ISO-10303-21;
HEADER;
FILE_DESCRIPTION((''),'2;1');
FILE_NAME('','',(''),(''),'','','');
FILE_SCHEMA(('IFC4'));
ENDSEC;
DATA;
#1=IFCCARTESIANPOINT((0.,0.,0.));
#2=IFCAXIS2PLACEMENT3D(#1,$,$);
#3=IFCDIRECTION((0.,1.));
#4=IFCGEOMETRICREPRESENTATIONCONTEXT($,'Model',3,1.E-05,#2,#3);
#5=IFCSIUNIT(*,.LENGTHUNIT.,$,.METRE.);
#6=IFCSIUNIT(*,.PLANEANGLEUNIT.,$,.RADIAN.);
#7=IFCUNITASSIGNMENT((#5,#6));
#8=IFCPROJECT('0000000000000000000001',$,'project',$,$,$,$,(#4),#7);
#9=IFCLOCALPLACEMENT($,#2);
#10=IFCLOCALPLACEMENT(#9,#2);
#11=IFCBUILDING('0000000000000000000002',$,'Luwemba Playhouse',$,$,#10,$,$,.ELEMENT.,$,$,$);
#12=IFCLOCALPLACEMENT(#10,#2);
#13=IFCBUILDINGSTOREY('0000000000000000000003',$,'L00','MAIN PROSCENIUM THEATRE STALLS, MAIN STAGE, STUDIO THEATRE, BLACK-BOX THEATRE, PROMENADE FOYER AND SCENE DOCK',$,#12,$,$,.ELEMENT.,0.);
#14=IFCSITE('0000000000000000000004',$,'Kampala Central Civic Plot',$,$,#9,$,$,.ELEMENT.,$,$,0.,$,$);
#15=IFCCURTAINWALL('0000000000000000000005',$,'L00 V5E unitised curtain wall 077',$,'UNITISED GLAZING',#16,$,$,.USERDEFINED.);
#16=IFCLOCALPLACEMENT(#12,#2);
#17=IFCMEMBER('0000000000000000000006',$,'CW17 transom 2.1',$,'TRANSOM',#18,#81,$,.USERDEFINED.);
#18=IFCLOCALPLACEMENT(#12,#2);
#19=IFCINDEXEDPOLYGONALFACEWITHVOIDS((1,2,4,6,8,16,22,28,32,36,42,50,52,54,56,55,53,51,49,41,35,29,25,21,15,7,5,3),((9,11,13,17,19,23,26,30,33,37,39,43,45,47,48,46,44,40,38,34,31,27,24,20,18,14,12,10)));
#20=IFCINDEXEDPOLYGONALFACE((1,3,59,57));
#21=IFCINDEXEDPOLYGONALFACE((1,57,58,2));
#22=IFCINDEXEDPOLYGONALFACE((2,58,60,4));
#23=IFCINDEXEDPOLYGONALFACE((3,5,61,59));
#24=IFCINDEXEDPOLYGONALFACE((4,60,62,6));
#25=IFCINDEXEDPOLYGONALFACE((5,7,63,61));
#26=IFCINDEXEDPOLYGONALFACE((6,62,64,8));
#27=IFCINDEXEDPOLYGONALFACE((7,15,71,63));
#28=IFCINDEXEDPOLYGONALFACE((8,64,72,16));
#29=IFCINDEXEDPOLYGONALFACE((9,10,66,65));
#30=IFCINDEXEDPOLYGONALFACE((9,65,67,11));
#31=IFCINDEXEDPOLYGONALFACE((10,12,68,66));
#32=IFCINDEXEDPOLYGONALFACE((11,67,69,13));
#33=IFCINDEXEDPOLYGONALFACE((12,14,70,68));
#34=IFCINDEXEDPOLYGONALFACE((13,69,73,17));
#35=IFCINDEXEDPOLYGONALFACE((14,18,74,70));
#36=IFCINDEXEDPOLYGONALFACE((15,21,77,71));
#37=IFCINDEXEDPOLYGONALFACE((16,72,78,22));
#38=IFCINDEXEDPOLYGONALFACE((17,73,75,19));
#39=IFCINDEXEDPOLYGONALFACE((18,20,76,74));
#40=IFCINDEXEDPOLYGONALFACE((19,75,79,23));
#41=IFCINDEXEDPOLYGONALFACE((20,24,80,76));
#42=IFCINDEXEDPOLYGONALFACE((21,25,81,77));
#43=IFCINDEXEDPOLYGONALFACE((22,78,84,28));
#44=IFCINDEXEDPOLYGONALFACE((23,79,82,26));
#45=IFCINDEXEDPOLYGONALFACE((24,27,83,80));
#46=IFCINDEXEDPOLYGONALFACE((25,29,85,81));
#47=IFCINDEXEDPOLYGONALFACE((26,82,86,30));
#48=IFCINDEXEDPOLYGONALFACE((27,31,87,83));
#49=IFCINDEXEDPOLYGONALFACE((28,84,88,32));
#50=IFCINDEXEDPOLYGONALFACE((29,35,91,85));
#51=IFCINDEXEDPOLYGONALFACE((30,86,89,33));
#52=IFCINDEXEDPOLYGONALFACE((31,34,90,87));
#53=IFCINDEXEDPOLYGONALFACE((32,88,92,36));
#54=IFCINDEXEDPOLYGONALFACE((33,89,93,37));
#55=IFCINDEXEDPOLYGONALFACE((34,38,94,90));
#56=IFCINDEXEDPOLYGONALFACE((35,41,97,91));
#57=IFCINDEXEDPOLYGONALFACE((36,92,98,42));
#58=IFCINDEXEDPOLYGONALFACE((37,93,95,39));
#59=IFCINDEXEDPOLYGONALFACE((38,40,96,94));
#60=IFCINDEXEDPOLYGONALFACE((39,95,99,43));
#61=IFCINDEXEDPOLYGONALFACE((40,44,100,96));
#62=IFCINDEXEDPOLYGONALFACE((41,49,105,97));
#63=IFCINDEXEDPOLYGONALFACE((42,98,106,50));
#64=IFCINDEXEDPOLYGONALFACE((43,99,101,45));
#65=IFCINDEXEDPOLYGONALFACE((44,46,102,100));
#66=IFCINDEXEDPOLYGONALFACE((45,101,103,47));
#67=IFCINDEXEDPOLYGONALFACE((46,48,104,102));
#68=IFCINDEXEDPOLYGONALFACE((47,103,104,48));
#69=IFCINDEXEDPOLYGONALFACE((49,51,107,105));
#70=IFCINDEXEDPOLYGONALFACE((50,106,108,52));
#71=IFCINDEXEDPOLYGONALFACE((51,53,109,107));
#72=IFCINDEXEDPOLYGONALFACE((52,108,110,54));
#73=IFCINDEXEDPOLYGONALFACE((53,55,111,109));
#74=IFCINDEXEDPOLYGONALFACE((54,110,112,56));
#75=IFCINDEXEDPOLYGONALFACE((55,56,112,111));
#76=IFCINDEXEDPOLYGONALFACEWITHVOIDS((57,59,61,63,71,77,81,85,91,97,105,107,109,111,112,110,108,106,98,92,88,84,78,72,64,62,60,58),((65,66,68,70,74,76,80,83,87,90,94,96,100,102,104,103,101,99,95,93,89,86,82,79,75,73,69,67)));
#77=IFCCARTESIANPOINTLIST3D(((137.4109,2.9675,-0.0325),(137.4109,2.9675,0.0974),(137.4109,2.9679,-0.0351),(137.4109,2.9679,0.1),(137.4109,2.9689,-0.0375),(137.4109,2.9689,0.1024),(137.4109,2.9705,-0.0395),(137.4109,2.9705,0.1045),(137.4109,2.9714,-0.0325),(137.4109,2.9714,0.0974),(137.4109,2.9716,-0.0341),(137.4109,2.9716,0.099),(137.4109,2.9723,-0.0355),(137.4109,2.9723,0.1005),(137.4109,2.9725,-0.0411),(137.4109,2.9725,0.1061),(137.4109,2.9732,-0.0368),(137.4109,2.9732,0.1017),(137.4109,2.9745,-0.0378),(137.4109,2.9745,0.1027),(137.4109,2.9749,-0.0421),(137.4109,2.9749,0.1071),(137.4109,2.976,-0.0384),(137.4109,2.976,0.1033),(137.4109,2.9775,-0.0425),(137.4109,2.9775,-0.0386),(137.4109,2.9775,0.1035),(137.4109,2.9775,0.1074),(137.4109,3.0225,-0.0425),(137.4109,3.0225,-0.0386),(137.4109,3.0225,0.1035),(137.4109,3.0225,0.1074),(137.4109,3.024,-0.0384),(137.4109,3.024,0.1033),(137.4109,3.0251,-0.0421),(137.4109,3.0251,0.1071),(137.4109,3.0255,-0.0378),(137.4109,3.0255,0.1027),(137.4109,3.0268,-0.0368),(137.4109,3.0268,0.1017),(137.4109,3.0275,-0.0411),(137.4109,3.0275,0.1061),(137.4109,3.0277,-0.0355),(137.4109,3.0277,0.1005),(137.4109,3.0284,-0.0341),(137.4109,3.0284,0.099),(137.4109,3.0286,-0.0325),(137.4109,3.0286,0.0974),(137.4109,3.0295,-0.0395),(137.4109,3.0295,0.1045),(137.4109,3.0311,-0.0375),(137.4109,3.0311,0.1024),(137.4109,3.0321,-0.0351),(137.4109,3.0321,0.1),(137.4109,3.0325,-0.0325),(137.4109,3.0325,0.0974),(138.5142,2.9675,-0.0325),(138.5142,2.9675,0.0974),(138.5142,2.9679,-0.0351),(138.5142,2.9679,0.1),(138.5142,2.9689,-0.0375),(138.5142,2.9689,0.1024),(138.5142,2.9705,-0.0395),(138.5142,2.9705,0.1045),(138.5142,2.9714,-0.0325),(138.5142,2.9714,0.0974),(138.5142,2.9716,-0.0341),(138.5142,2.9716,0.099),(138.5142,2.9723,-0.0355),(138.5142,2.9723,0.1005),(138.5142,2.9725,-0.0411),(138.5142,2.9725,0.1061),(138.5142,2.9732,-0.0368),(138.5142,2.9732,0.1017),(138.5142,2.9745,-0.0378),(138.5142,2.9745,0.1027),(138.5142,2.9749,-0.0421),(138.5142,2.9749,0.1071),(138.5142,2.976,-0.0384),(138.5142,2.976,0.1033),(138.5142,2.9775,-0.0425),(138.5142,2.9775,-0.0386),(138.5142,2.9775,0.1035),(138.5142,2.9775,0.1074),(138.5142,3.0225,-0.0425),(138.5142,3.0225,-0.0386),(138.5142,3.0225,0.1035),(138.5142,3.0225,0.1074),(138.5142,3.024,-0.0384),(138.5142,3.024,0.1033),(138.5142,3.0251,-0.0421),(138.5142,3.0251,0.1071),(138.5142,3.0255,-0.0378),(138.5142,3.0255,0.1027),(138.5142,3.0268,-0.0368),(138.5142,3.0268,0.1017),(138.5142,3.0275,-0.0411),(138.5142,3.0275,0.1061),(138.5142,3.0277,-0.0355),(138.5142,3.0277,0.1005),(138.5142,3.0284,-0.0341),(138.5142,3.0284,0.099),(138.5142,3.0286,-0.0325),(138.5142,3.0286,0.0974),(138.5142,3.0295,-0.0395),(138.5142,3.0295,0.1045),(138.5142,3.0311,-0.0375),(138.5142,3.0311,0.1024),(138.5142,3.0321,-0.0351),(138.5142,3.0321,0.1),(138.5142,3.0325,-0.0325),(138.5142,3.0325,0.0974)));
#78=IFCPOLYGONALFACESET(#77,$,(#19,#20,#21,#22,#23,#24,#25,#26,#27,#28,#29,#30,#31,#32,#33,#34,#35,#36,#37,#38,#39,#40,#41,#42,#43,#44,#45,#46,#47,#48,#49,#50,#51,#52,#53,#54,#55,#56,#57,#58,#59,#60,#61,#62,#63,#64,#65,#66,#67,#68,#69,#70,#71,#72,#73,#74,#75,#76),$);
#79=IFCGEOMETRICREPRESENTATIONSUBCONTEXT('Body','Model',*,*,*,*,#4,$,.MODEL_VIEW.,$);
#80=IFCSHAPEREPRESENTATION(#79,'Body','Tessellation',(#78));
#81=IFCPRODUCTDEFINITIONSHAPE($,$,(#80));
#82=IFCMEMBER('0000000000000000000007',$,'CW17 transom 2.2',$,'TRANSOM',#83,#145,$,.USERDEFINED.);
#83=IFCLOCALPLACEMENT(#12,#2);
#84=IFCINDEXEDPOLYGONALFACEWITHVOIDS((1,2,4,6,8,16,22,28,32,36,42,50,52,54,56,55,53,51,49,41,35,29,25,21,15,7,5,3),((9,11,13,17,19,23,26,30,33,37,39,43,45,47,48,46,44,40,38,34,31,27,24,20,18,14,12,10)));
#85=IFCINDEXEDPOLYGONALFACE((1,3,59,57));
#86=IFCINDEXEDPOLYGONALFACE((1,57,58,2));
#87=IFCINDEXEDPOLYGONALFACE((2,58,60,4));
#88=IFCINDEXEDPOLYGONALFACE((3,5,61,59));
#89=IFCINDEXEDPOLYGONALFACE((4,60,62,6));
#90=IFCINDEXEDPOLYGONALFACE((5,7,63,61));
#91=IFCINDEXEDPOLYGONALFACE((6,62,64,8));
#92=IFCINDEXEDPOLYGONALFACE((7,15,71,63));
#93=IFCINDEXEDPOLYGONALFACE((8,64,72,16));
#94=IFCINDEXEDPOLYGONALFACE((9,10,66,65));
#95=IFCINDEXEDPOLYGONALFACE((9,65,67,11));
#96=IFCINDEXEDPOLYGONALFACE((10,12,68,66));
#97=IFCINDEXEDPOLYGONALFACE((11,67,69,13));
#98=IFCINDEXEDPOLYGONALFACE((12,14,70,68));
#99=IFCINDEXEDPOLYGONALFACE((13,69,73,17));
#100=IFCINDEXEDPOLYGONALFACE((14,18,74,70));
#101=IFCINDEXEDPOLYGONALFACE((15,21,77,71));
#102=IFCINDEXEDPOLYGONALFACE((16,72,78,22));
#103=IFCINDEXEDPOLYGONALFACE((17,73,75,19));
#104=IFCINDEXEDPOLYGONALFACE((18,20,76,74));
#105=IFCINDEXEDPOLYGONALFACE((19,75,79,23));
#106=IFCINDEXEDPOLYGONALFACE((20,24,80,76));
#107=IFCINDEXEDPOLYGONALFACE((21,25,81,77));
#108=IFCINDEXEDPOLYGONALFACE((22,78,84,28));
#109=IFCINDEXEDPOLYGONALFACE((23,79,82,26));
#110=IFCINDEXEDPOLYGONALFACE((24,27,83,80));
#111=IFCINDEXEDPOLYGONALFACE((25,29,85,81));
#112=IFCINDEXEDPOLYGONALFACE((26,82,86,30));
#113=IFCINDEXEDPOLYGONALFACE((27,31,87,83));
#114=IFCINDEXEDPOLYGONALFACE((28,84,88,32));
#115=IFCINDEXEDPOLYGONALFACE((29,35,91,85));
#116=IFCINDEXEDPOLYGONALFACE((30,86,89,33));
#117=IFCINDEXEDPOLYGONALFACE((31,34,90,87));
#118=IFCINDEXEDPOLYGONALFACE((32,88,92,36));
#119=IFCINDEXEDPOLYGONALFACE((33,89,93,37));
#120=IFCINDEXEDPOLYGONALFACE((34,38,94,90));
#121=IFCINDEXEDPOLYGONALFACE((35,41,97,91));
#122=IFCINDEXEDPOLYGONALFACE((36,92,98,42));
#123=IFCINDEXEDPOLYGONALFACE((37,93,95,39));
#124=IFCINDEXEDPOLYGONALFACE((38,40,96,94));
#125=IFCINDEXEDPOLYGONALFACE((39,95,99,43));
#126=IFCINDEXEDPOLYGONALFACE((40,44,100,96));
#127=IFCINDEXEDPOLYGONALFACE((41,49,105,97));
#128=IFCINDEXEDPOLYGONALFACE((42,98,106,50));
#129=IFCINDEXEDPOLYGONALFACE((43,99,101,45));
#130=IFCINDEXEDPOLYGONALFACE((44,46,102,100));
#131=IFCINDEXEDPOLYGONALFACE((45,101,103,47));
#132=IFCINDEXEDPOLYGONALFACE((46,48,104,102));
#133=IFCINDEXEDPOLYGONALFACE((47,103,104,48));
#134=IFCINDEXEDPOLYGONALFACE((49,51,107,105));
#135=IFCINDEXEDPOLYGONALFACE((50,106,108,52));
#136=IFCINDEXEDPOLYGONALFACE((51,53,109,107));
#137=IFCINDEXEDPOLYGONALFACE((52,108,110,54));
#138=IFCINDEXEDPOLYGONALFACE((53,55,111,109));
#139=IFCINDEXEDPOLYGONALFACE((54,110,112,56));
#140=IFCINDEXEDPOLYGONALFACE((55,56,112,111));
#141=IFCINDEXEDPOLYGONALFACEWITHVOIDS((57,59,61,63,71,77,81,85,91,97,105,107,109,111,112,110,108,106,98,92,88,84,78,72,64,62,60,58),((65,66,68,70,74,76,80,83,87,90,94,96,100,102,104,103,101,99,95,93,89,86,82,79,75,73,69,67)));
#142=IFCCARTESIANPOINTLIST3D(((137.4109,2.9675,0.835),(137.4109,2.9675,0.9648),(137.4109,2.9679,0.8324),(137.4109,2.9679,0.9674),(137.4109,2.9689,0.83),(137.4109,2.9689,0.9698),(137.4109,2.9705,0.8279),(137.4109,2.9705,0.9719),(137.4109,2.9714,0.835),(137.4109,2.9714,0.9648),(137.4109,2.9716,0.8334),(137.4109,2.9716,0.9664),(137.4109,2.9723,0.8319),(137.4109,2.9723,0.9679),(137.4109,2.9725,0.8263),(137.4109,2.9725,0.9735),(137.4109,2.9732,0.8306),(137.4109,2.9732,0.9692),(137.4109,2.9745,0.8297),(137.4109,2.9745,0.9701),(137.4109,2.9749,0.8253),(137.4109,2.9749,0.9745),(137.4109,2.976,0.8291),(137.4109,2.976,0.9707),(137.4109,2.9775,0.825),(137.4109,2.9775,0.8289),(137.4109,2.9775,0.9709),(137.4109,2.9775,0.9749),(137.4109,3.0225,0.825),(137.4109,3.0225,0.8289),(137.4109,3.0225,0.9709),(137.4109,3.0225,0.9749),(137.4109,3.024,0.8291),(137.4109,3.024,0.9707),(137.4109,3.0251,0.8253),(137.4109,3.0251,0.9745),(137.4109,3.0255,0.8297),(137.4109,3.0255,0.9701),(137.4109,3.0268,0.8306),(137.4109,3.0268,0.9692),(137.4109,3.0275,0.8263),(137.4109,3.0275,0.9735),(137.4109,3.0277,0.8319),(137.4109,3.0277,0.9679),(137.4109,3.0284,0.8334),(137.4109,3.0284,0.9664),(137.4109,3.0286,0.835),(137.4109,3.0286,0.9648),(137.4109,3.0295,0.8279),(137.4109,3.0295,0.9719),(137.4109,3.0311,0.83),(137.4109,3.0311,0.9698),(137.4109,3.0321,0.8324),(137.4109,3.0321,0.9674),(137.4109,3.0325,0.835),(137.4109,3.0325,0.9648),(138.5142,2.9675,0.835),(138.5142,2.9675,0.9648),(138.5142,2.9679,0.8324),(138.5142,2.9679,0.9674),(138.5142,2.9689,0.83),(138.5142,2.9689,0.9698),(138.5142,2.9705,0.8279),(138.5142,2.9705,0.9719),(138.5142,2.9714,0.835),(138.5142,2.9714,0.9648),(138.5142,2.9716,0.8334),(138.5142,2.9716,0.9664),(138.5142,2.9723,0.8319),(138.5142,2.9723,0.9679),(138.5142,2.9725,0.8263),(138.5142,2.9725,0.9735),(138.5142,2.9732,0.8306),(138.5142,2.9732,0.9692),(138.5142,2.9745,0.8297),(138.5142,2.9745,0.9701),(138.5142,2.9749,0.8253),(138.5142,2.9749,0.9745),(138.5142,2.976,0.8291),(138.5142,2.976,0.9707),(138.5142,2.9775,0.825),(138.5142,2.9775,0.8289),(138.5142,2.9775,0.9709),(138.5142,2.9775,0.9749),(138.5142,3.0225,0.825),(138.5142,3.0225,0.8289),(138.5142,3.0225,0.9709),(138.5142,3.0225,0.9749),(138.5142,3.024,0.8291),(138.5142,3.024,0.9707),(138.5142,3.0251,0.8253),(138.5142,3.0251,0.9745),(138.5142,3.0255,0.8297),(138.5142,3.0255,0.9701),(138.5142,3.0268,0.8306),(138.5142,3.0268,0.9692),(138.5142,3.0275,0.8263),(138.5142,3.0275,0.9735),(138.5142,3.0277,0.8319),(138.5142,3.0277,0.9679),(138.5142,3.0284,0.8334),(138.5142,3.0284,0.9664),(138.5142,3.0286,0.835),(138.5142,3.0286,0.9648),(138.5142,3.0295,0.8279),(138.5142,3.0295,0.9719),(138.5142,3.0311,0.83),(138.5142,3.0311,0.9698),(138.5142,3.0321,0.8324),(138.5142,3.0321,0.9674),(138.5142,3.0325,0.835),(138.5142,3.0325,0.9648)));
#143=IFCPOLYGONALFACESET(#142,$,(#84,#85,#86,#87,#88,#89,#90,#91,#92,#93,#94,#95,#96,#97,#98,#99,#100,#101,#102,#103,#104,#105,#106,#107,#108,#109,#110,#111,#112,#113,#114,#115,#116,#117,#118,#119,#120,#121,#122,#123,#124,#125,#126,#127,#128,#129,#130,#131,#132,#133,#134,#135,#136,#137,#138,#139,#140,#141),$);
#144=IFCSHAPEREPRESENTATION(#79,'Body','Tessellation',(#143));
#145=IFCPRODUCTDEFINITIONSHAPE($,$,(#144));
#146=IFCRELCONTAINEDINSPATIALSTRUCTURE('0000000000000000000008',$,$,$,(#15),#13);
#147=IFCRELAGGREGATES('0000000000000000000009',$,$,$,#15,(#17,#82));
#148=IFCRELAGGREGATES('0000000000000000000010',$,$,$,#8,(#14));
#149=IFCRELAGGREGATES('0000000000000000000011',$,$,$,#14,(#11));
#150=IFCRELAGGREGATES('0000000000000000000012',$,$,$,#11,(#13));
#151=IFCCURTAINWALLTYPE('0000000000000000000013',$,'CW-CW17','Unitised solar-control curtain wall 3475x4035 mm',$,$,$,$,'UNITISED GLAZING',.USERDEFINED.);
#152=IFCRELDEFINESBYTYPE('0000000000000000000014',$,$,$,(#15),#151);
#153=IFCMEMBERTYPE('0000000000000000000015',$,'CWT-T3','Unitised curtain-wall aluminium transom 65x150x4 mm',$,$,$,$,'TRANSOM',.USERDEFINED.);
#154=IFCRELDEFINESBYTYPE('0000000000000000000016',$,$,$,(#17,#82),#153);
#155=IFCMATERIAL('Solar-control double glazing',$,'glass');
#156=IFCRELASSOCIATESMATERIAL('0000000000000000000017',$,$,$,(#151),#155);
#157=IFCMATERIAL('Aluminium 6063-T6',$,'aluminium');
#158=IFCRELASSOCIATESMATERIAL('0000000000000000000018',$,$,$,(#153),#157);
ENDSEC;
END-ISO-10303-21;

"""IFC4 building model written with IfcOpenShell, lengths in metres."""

from ifc_helpers import new_model, si_unit, direction, frame, origin, origin_2d, place, context, subcontext, project, spatial, hollow_rectangle, extrude, material, material_profile, profile_set, type_object, element, aggregate, save


model = new_model("IFC4")

# Units and contexts
model_context = context("Model", 3, precision=1e-05, world=origin(), true_north=direction((0.0, 1.0)))
body_context = subcontext(model_context, "Body", "Model", "MODEL_VIEW")
ifc_project = project(units=[si_unit("LENGTHUNIT", "METRE"), si_unit("PLANEANGLEUNIT", "RADIAN")], contexts=[model_context])

# Site, building, storey
site_placement = place(None, origin())
site = spatial("IfcSite", under=ifc_project, at=site_placement, Name="Kampala Central Civic Plot", CompositionType="ELEMENT", RefElevation=0.0)
building_placement = place(site_placement, origin())
building = spatial("IfcBuilding", under=site, at=building_placement, Name="Luwemba Playhouse", CompositionType="ELEMENT")
storey_placement = place(building_placement, origin())
storey = spatial("IfcBuildingStorey", under=building, at=storey_placement, Name="L00", Description="MAIN PROSCENIUM THEATRE STALLS, MAIN STAGE, STUDIO THEATRE, BLACK-BOX THEATRE, PROMENADE FOYER AND SCENE DOCK", CompositionType="ELEMENT", Elevation=0.0)

# Shared definitions
ifc_material_1 = material(Name="Solar-control double glazing", Category="glass")
ifc_material_2 = material(Name="Aluminium 6063-T6", Category="aluminium")

# Curtain wall, members
curtain_wall_type_1 = type_object("IfcCurtainWallType", Name="CW-CW17", Description="Unitised solar-control curtain wall 3475x4035 mm", ElementType="UNITISED GLAZING", PredefinedType="USERDEFINED", material=ifc_material_1)
curtain_wall_1_placement = place(storey_placement, origin())
curtain_wall_1 = element("IfcCurtainWall", 1, at=curtain_wall_1_placement, inside=storey, type_object=curtain_wall_type_1, Name="L00 V5E unitised curtain wall 077", ObjectType="UNITISED GLAZING", PredefinedType="USERDEFINED")
ifc_material_profile_1 = material_profile(ifc_material_2, hollow_rectangle(XDim=0.0649, YDim=0.1499, WallThickness=0.0039, InnerFilletRadius=0.0061, OuterFilletRadius=0.01, at=origin_2d()))
ifc_profile_set_1 = profile_set([ifc_material_profile_1], Name="Aluminium 6063-T6")
member_type_1 = type_object("IfcMemberType", Name="CWT-T3", Description="Unitised curtain-wall aluminium transom 65x150x4 mm", ElementType="TRANSOM", PredefinedType="USERDEFINED", material=ifc_profile_set_1)
member_1_placement = place(storey_placement, frame((138.5142, 3.0, 0.0325), z_axis=(-1.0, 0.0, 0.0), x_axis=(0.0, -1.0, 0.0)))
member_1 = element("IfcMember", 2, at=member_1_placement, type_object=member_type_1, Name="CW17 transom 2.1", ObjectType="TRANSOM", PredefinedType="USERDEFINED", context=body_context, shape_type="SweptSolid", body=[
    extrude(hollow_rectangle(XDim=0.0649, YDim=0.1499, WallThickness=0.0039, InnerFilletRadius=0.0061, OuterFilletRadius=0.01, at=origin_2d()), origin(), (0.0, 0.0, 1.0), 1.1033),
])
member_2_placement = place(storey_placement, frame((138.5142, 3.0, 0.8999), z_axis=(-1.0, 0.0, 0.0), x_axis=(0.0, -1.0, 0.0)))
member_2 = element("IfcMember", 3, at=member_2_placement, type_object=member_type_1, Name="CW17 transom 2.2", ObjectType="TRANSOM", PredefinedType="USERDEFINED", context=body_context, shape_type="SweptSolid", body=[
    extrude(hollow_rectangle(XDim=0.0649, YDim=0.1499, WallThickness=0.0039, InnerFilletRadius=0.0061, OuterFilletRadius=0.01, at=origin_2d()), origin(), (0.0, 0.0, 1.0), 1.1033),
])

aggregate(curtain_wall_1, [member_1, member_2])

save(model, "model.ifc")
